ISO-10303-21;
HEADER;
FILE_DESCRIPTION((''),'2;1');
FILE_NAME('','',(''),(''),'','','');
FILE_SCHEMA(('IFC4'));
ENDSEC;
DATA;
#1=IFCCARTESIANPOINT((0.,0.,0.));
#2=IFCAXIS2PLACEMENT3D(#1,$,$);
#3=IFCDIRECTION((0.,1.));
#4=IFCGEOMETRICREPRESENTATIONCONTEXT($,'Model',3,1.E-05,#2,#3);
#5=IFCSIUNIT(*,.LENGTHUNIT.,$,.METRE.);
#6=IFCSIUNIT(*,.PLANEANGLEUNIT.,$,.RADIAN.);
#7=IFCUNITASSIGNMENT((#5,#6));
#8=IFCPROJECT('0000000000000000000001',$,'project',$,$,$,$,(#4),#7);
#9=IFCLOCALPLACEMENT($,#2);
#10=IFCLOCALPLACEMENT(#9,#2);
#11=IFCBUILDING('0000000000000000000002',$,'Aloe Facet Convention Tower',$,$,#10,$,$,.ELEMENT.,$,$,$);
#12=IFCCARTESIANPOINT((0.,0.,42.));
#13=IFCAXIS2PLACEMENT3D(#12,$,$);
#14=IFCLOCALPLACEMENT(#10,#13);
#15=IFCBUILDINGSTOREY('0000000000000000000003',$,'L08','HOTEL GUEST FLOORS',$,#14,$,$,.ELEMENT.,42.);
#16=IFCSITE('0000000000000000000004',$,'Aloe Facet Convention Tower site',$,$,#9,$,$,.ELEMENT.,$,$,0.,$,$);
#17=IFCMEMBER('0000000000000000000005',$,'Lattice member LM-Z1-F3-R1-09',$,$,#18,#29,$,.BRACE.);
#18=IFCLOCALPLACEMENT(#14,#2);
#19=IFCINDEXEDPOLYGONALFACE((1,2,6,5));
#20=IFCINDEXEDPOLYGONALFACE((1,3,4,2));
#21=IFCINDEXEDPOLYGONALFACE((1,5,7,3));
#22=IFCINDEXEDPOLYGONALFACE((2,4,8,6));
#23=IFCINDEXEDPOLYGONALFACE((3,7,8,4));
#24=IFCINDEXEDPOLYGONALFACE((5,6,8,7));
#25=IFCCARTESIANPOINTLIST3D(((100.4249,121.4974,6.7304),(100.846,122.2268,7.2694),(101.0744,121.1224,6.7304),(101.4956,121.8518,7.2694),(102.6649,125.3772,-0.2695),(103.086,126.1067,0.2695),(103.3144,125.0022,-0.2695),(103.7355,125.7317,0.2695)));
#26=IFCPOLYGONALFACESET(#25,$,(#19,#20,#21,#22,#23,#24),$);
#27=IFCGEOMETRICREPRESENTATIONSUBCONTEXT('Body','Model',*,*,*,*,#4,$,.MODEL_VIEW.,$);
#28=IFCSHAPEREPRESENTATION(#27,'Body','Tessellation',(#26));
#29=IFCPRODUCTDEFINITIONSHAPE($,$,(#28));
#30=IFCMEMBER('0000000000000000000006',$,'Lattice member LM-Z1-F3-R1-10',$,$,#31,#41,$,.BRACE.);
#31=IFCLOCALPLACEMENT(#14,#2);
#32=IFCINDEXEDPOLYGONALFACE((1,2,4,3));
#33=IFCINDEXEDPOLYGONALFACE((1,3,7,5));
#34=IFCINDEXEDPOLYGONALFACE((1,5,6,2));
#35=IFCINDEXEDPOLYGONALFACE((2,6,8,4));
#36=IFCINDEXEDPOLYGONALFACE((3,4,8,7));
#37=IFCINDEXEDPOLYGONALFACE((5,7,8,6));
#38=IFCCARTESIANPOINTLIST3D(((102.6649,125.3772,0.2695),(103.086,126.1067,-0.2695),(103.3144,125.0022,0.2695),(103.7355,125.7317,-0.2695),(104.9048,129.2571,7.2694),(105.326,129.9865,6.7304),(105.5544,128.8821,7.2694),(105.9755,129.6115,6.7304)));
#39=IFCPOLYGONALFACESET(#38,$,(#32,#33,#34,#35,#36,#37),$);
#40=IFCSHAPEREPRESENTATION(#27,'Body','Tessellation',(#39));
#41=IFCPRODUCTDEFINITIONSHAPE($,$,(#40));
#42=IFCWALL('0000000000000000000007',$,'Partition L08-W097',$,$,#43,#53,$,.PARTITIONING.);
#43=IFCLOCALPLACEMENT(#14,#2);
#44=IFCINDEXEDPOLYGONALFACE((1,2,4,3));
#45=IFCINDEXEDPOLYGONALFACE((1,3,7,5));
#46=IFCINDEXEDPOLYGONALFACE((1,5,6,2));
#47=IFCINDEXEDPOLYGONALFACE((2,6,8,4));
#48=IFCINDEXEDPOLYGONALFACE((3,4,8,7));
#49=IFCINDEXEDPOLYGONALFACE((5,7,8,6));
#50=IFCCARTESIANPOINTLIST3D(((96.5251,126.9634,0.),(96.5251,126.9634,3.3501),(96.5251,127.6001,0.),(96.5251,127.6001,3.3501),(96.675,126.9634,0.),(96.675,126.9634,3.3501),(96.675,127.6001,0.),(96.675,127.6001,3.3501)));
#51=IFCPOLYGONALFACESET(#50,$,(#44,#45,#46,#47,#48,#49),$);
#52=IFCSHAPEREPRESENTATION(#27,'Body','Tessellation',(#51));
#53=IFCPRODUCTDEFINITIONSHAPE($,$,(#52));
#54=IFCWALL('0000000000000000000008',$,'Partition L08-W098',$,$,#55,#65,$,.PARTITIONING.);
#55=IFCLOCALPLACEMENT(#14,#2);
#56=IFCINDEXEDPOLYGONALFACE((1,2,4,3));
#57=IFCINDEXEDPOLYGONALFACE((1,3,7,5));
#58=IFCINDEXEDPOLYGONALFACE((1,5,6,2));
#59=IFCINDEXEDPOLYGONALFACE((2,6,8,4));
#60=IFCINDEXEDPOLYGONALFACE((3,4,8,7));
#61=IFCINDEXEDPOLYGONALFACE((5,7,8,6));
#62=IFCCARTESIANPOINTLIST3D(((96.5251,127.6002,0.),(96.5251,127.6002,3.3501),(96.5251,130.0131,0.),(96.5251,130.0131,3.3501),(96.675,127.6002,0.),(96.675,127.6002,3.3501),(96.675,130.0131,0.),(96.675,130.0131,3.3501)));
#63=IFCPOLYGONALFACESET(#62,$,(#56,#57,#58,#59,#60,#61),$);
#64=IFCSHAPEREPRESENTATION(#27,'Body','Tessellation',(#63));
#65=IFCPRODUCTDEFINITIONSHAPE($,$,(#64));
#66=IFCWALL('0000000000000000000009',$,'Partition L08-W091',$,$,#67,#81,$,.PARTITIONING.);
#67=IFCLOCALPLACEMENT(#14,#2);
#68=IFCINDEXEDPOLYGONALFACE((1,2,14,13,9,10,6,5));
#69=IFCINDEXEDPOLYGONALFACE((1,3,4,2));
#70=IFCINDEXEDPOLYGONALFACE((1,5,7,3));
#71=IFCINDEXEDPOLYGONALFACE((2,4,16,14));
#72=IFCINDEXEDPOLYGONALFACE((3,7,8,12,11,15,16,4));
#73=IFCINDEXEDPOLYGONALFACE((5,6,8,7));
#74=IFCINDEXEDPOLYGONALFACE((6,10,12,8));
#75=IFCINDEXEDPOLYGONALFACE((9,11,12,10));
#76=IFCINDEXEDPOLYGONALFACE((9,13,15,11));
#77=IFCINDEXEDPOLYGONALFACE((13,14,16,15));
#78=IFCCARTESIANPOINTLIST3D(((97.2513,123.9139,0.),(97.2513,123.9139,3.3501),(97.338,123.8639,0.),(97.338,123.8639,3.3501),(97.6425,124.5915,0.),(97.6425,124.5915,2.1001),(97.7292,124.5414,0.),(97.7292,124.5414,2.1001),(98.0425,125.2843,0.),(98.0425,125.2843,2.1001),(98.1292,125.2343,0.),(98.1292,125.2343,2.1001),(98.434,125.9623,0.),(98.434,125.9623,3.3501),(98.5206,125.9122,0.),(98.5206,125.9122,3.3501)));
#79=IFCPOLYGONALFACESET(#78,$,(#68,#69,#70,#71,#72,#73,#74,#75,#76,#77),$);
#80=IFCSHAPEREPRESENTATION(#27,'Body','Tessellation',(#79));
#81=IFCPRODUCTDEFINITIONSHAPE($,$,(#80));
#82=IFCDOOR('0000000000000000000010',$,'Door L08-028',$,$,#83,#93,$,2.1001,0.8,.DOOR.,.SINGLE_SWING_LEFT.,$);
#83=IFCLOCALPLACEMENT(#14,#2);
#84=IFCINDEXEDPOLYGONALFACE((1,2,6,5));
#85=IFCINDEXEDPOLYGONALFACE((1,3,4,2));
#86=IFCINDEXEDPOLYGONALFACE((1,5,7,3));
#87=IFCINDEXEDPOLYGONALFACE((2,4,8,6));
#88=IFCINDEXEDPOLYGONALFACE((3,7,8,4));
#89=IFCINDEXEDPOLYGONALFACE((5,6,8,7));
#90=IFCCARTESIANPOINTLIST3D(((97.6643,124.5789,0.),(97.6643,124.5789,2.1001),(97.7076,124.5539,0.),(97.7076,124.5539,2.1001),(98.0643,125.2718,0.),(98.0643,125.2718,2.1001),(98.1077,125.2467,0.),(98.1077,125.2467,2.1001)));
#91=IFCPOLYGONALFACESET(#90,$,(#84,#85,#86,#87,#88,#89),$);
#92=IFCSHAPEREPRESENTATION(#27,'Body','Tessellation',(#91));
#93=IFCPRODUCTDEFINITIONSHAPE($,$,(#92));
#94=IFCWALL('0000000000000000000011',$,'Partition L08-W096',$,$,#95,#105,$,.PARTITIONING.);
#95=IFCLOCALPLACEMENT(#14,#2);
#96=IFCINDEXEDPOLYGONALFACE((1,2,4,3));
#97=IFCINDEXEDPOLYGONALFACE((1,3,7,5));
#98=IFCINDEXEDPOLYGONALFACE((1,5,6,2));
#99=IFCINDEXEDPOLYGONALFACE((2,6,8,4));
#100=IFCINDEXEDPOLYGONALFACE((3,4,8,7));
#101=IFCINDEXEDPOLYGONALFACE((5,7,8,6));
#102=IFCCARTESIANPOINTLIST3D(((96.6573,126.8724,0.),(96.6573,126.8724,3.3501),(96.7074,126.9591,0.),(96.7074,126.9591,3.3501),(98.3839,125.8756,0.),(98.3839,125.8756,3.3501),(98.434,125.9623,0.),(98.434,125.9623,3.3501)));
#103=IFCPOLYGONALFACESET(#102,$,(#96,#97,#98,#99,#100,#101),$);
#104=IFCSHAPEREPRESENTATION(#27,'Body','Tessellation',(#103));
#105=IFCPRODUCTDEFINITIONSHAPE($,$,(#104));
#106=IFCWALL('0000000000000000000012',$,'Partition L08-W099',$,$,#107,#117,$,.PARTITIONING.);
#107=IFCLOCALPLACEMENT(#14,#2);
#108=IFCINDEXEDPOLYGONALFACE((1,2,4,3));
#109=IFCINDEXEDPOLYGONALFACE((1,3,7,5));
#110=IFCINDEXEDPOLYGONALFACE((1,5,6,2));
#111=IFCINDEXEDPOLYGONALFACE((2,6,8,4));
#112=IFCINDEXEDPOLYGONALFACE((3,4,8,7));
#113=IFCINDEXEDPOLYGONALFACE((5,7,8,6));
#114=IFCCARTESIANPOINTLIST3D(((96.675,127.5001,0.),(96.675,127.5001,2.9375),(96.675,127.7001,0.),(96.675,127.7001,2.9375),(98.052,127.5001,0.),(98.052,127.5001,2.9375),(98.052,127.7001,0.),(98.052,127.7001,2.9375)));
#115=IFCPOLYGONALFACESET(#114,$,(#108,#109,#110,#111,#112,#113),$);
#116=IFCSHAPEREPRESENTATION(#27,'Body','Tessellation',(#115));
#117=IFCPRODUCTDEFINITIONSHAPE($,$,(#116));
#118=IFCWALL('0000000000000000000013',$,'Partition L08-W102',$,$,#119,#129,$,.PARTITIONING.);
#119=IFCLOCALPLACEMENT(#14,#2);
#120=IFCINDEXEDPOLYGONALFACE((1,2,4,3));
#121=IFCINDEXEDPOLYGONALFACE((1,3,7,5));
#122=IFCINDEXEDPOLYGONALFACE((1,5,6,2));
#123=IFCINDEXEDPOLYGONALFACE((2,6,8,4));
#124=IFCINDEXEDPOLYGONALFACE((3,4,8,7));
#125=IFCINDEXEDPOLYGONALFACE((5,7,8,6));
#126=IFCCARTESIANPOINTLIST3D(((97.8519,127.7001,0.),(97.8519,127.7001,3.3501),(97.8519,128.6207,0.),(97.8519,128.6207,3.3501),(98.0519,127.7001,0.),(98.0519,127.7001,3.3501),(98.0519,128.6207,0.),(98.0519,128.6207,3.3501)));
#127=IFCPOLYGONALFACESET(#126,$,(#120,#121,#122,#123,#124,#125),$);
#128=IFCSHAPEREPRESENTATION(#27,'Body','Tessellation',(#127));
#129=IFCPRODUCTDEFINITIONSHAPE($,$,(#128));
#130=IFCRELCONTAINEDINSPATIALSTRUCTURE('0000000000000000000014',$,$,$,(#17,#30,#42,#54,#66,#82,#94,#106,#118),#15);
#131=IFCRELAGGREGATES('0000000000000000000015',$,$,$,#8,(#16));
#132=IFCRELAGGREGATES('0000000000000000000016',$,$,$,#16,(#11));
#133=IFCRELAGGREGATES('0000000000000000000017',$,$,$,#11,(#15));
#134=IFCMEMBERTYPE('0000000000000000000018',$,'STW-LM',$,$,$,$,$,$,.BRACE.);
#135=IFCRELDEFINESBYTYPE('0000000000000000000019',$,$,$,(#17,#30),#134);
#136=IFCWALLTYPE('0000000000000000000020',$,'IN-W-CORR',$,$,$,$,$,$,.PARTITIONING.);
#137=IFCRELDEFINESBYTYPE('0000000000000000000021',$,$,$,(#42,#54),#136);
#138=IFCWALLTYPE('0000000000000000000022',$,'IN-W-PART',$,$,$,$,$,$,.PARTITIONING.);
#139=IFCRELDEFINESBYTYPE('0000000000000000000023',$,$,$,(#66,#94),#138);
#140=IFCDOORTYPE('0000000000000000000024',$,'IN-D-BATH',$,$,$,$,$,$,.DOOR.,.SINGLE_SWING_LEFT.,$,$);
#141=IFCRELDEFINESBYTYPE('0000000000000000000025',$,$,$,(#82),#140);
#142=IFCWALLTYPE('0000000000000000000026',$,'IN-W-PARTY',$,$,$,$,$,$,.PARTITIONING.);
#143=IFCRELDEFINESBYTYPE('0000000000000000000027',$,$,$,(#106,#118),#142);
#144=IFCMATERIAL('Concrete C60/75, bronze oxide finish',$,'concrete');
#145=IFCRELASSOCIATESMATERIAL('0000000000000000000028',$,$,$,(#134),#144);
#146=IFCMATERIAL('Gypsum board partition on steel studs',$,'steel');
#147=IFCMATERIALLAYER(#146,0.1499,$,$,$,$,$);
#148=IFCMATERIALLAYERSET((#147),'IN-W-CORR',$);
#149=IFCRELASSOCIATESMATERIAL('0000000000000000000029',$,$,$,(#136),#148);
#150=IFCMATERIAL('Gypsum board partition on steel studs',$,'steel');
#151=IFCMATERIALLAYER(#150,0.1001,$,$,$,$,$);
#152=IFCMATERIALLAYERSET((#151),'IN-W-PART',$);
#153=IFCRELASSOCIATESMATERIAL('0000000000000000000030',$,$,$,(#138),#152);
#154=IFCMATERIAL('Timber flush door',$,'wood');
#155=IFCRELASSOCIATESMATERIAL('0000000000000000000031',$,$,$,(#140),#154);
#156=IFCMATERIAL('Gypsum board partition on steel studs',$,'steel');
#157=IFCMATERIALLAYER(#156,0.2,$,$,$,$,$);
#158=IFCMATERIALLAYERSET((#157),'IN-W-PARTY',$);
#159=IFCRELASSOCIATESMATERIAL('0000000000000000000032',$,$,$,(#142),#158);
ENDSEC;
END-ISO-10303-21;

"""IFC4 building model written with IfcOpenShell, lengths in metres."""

from ifc_helpers import new_model, si_unit, direction, frame, frame_2d, origin, origin_2d, place, context, subcontext, project, spatial, rectangle, extrude, material, layer, layer_set, material_profile, profile_set, type_object, element, fill, save


model = new_model("IFC4")

# Units and contexts
model_context = context("Model", 3, precision=1e-05, world=origin(), true_north=direction((0.0, 1.0)))
body_context = subcontext(model_context, "Body", "Model", "MODEL_VIEW")
ifc_project = project(units=[si_unit("LENGTHUNIT", "METRE"), si_unit("PLANEANGLEUNIT", "RADIAN")], contexts=[model_context])

# Site, building, storey
site_placement = place(None, origin())
site = spatial("IfcSite", under=ifc_project, at=site_placement, Name="Aloe Facet Convention Tower site", CompositionType="ELEMENT", RefElevation=0.0)
building_placement = place(site_placement, origin())
building = spatial("IfcBuilding", under=site, at=building_placement, Name="Aloe Facet Convention Tower", CompositionType="ELEMENT")
storey_placement = place(building_placement, frame((0.0, 0.0, 42.0)))
storey = spatial("IfcBuildingStorey", under=building, at=storey_placement, Name="L08", Description="HOTEL GUEST FLOORS", CompositionType="ELEMENT", Elevation=42.0)

# Members
ifc_material_1 = material(Name="Concrete C60/75, bronze oxide finish", Category="concrete")
ifc_material_profile = material_profile(ifc_material_1, rectangle(XDim=0.75, YDim=1.0, at=origin_2d()), Name="STW-LM")
ifc_profile_set = profile_set([ifc_material_profile], Name="Concrete C60/75, bronze oxide finish")
member_type = type_object("IfcMemberType", Name="STW-LM", PredefinedType="BRACE", material=ifc_profile_set)
for number, where, z_axis, x_axis, name in (
    (1, (103.2002, 125.5544, 0.0), (-0.269524, -0.466843, 0.842267), (0.866031, -0.49999, 0.0), "Lattice member LM-Z1-F3-R1-09"),
    (2, (103.2002, 125.5544, 0.0), (0.269524, 0.466843, 0.842267), (-0.866031, 0.49999, 0.0), "Lattice member LM-Z1-F3-R1-10"),
):
    element("IfcMember", number, at=place(storey_placement, frame(where, z_axis=z_axis, x_axis=x_axis)), inside=storey, type_object=member_type, Name=name, PredefinedType="BRACE", context=body_context, shape_type="SweptSolid", body=[
        extrude(rectangle(XDim=0.75, YDim=1.0, at=origin_2d()), origin(), (0.0, 0.0, 1.0), 8.3108),
    ])

# Walls
ifc_material_2 = material(Name="Gypsum board partition on steel studs", Category="steel")
ifc_layer_1 = layer(ifc_material_2, 0.1499)
ifc_layer_set_1 = layer_set([ifc_layer_1], Name="IN-W-CORR")
wall_type_1 = type_object("IfcWallType", Name="IN-W-CORR", PredefinedType="PARTITIONING", material=ifc_layer_set_1)
wall_1_placement = place(storey_placement, frame((96.6001, 126.9634, 0.0), z_axis=(0.0, 0.0, 1.0), x_axis=(0.0, 1.0, 0.0)))
element("IfcWall", 3, at=wall_1_placement, inside=storey, type_object=wall_type_1, Name="Partition L08-W097", PredefinedType="PARTITIONING", context=body_context, shape_type="SweptSolid", body=[
    extrude(rectangle(XDim=0.6367, YDim=0.1499, at=frame_2d((0.3184, 0.0))), origin(), (0.0, 0.0, 1.0), 3.3501),
])
wall_2_placement = place(storey_placement, frame((96.6001, 127.6001, 0.0), z_axis=(0.0, 0.0, 1.0), x_axis=(0.0, 1.0, 0.0)))
element("IfcWall", 4, at=wall_2_placement, inside=storey, type_object=wall_type_1, Name="Partition L08-W098", PredefinedType="PARTITIONING", context=body_context, shape_type="SweptSolid", body=[
    extrude(rectangle(XDim=2.4128, YDim=0.1499, at=frame_2d((1.2065, 0.0))), origin(), (0.0, 0.0, 1.0), 3.3501),
])

# Wall, opening, door
ifc_material_3 = material(Name="Gypsum board partition on steel studs", Category="steel")
ifc_layer_2 = layer(ifc_material_3, 0.1001)
ifc_layer_set_2 = layer_set([ifc_layer_2], Name="IN-W-PART")
wall_type_2 = type_object("IfcWallType", Name="IN-W-PART", PredefinedType="PARTITIONING", material=ifc_layer_set_2)
wall_3_placement = place(storey_placement, frame((97.2947, 123.8889, 0.0), z_axis=(0.0, 0.0, 1.0), x_axis=(0.500002, 0.866024, 0.0)))
wall_3 = element("IfcWall", 5, at=wall_3_placement, inside=storey, type_object=wall_type_2, Name="Partition L08-W091", PredefinedType="PARTITIONING", context=body_context, shape_type="SweptSolid", body=[
    extrude(rectangle(XDim=2.3652, YDim=0.1001, at=frame_2d((1.1826, 0.0))), origin(), (0.0, 0.0, 1.0), 3.3501),
])
opening_placement = place(wall_3_placement, frame((0.7825, 0.0, 0.0)))
opening = element("IfcOpeningElement", 6, at=opening_placement, cuts=wall_3, PredefinedType="OPENING", context=body_context, shape_type="SweptSolid", body=[
    extrude(rectangle(XDim=0.8, YDim=2.1001, at=frame_2d((0.3999, 1.05))), frame((0.0, 0.0601, 0.0), z_axis=(0.0, -1.0, 0.0), x_axis=(1.0, 0.0, 0.0)), (0.0, 0.0, 1.0), 0.1201),
])
ifc_material_4 = material(Name="Timber flush door", Category="wood")
door_type = type_object("IfcDoorType", Name="IN-D-BATH", OperationType="SINGLE_SWING_LEFT", PredefinedType="DOOR", material=ifc_material_4)
door_placement = place(opening_placement, origin())
door = element("IfcDoor", 7, at=door_placement, inside=storey, type_object=door_type, Name="Door L08-028", OperationType="SINGLE_SWING_LEFT", OverallHeight=2.1001, OverallWidth=0.8, PredefinedType="DOOR", context=body_context, shape_type="SweptSolid", body=[
    extrude(rectangle(XDim=0.8, YDim=2.1001, at=frame_2d((0.3999, 1.05))), frame((0.0, 0.0249, 0.0), z_axis=(0.0, -1.0, 0.0), x_axis=(1.0, 0.0, 0.0)), (0.0, 0.0, 1.0), 0.05),
])
fill(opening, door)

# Walls
wall_4_placement = place(storey_placement, frame((96.6824, 126.9158, 0.0), z_axis=(0.0, 0.0, 1.0), x_axis=(0.866027, -0.499998, 0.0)))
element("IfcWall", 8, at=wall_4_placement, inside=storey, type_object=wall_type_2, Name="Partition L08-W096", PredefinedType="PARTITIONING", context=body_context, shape_type="SweptSolid", body=[
    extrude(rectangle(XDim=1.9937, YDim=0.1001, at=frame_2d((0.9968, 0.0))), origin(), (0.0, 0.0, 1.0), 3.3501),
])
ifc_material_5 = material(Name="Gypsum board partition on steel studs", Category="steel")
ifc_layer_3 = layer(ifc_material_5, 0.2)
ifc_layer_set_3 = layer_set([ifc_layer_3], Name="IN-W-PARTY")
wall_type_3 = type_object("IfcWallType", Name="IN-W-PARTY", PredefinedType="PARTITIONING", material=ifc_layer_set_3)
wall_5_placement = place(storey_placement, frame((96.675, 127.6001, 0.0), z_axis=(0.0, 0.0, 1.0), x_axis=(1.0, 0.0, 0.0)))
element("IfcWall", 9, at=wall_5_placement, inside=storey, type_object=wall_type_3, Name="Partition L08-W099", PredefinedType="PARTITIONING", context=body_context, shape_type="SweptSolid", body=[
    extrude(rectangle(XDim=1.377, YDim=0.2, at=frame_2d((0.6885, 0.0))), origin(), (0.0, 0.0, 1.0), 2.9375),
])
wall_6_placement = place(storey_placement, frame((97.9519, 127.7, 0.0), z_axis=(0.0, 0.0, 1.0), x_axis=(0.0, 1.0, 0.0)))
element("IfcWall", 10, at=wall_6_placement, inside=storey, type_object=wall_type_3, Name="Partition L08-W102", PredefinedType="PARTITIONING", context=body_context, shape_type="SweptSolid", body=[
    extrude(rectangle(XDim=0.9207, YDim=0.2, at=frame_2d((0.4604, 0.0))), origin(), (0.0, 0.0, 1.0), 3.3501),
])

save(model, "model.ifc")
